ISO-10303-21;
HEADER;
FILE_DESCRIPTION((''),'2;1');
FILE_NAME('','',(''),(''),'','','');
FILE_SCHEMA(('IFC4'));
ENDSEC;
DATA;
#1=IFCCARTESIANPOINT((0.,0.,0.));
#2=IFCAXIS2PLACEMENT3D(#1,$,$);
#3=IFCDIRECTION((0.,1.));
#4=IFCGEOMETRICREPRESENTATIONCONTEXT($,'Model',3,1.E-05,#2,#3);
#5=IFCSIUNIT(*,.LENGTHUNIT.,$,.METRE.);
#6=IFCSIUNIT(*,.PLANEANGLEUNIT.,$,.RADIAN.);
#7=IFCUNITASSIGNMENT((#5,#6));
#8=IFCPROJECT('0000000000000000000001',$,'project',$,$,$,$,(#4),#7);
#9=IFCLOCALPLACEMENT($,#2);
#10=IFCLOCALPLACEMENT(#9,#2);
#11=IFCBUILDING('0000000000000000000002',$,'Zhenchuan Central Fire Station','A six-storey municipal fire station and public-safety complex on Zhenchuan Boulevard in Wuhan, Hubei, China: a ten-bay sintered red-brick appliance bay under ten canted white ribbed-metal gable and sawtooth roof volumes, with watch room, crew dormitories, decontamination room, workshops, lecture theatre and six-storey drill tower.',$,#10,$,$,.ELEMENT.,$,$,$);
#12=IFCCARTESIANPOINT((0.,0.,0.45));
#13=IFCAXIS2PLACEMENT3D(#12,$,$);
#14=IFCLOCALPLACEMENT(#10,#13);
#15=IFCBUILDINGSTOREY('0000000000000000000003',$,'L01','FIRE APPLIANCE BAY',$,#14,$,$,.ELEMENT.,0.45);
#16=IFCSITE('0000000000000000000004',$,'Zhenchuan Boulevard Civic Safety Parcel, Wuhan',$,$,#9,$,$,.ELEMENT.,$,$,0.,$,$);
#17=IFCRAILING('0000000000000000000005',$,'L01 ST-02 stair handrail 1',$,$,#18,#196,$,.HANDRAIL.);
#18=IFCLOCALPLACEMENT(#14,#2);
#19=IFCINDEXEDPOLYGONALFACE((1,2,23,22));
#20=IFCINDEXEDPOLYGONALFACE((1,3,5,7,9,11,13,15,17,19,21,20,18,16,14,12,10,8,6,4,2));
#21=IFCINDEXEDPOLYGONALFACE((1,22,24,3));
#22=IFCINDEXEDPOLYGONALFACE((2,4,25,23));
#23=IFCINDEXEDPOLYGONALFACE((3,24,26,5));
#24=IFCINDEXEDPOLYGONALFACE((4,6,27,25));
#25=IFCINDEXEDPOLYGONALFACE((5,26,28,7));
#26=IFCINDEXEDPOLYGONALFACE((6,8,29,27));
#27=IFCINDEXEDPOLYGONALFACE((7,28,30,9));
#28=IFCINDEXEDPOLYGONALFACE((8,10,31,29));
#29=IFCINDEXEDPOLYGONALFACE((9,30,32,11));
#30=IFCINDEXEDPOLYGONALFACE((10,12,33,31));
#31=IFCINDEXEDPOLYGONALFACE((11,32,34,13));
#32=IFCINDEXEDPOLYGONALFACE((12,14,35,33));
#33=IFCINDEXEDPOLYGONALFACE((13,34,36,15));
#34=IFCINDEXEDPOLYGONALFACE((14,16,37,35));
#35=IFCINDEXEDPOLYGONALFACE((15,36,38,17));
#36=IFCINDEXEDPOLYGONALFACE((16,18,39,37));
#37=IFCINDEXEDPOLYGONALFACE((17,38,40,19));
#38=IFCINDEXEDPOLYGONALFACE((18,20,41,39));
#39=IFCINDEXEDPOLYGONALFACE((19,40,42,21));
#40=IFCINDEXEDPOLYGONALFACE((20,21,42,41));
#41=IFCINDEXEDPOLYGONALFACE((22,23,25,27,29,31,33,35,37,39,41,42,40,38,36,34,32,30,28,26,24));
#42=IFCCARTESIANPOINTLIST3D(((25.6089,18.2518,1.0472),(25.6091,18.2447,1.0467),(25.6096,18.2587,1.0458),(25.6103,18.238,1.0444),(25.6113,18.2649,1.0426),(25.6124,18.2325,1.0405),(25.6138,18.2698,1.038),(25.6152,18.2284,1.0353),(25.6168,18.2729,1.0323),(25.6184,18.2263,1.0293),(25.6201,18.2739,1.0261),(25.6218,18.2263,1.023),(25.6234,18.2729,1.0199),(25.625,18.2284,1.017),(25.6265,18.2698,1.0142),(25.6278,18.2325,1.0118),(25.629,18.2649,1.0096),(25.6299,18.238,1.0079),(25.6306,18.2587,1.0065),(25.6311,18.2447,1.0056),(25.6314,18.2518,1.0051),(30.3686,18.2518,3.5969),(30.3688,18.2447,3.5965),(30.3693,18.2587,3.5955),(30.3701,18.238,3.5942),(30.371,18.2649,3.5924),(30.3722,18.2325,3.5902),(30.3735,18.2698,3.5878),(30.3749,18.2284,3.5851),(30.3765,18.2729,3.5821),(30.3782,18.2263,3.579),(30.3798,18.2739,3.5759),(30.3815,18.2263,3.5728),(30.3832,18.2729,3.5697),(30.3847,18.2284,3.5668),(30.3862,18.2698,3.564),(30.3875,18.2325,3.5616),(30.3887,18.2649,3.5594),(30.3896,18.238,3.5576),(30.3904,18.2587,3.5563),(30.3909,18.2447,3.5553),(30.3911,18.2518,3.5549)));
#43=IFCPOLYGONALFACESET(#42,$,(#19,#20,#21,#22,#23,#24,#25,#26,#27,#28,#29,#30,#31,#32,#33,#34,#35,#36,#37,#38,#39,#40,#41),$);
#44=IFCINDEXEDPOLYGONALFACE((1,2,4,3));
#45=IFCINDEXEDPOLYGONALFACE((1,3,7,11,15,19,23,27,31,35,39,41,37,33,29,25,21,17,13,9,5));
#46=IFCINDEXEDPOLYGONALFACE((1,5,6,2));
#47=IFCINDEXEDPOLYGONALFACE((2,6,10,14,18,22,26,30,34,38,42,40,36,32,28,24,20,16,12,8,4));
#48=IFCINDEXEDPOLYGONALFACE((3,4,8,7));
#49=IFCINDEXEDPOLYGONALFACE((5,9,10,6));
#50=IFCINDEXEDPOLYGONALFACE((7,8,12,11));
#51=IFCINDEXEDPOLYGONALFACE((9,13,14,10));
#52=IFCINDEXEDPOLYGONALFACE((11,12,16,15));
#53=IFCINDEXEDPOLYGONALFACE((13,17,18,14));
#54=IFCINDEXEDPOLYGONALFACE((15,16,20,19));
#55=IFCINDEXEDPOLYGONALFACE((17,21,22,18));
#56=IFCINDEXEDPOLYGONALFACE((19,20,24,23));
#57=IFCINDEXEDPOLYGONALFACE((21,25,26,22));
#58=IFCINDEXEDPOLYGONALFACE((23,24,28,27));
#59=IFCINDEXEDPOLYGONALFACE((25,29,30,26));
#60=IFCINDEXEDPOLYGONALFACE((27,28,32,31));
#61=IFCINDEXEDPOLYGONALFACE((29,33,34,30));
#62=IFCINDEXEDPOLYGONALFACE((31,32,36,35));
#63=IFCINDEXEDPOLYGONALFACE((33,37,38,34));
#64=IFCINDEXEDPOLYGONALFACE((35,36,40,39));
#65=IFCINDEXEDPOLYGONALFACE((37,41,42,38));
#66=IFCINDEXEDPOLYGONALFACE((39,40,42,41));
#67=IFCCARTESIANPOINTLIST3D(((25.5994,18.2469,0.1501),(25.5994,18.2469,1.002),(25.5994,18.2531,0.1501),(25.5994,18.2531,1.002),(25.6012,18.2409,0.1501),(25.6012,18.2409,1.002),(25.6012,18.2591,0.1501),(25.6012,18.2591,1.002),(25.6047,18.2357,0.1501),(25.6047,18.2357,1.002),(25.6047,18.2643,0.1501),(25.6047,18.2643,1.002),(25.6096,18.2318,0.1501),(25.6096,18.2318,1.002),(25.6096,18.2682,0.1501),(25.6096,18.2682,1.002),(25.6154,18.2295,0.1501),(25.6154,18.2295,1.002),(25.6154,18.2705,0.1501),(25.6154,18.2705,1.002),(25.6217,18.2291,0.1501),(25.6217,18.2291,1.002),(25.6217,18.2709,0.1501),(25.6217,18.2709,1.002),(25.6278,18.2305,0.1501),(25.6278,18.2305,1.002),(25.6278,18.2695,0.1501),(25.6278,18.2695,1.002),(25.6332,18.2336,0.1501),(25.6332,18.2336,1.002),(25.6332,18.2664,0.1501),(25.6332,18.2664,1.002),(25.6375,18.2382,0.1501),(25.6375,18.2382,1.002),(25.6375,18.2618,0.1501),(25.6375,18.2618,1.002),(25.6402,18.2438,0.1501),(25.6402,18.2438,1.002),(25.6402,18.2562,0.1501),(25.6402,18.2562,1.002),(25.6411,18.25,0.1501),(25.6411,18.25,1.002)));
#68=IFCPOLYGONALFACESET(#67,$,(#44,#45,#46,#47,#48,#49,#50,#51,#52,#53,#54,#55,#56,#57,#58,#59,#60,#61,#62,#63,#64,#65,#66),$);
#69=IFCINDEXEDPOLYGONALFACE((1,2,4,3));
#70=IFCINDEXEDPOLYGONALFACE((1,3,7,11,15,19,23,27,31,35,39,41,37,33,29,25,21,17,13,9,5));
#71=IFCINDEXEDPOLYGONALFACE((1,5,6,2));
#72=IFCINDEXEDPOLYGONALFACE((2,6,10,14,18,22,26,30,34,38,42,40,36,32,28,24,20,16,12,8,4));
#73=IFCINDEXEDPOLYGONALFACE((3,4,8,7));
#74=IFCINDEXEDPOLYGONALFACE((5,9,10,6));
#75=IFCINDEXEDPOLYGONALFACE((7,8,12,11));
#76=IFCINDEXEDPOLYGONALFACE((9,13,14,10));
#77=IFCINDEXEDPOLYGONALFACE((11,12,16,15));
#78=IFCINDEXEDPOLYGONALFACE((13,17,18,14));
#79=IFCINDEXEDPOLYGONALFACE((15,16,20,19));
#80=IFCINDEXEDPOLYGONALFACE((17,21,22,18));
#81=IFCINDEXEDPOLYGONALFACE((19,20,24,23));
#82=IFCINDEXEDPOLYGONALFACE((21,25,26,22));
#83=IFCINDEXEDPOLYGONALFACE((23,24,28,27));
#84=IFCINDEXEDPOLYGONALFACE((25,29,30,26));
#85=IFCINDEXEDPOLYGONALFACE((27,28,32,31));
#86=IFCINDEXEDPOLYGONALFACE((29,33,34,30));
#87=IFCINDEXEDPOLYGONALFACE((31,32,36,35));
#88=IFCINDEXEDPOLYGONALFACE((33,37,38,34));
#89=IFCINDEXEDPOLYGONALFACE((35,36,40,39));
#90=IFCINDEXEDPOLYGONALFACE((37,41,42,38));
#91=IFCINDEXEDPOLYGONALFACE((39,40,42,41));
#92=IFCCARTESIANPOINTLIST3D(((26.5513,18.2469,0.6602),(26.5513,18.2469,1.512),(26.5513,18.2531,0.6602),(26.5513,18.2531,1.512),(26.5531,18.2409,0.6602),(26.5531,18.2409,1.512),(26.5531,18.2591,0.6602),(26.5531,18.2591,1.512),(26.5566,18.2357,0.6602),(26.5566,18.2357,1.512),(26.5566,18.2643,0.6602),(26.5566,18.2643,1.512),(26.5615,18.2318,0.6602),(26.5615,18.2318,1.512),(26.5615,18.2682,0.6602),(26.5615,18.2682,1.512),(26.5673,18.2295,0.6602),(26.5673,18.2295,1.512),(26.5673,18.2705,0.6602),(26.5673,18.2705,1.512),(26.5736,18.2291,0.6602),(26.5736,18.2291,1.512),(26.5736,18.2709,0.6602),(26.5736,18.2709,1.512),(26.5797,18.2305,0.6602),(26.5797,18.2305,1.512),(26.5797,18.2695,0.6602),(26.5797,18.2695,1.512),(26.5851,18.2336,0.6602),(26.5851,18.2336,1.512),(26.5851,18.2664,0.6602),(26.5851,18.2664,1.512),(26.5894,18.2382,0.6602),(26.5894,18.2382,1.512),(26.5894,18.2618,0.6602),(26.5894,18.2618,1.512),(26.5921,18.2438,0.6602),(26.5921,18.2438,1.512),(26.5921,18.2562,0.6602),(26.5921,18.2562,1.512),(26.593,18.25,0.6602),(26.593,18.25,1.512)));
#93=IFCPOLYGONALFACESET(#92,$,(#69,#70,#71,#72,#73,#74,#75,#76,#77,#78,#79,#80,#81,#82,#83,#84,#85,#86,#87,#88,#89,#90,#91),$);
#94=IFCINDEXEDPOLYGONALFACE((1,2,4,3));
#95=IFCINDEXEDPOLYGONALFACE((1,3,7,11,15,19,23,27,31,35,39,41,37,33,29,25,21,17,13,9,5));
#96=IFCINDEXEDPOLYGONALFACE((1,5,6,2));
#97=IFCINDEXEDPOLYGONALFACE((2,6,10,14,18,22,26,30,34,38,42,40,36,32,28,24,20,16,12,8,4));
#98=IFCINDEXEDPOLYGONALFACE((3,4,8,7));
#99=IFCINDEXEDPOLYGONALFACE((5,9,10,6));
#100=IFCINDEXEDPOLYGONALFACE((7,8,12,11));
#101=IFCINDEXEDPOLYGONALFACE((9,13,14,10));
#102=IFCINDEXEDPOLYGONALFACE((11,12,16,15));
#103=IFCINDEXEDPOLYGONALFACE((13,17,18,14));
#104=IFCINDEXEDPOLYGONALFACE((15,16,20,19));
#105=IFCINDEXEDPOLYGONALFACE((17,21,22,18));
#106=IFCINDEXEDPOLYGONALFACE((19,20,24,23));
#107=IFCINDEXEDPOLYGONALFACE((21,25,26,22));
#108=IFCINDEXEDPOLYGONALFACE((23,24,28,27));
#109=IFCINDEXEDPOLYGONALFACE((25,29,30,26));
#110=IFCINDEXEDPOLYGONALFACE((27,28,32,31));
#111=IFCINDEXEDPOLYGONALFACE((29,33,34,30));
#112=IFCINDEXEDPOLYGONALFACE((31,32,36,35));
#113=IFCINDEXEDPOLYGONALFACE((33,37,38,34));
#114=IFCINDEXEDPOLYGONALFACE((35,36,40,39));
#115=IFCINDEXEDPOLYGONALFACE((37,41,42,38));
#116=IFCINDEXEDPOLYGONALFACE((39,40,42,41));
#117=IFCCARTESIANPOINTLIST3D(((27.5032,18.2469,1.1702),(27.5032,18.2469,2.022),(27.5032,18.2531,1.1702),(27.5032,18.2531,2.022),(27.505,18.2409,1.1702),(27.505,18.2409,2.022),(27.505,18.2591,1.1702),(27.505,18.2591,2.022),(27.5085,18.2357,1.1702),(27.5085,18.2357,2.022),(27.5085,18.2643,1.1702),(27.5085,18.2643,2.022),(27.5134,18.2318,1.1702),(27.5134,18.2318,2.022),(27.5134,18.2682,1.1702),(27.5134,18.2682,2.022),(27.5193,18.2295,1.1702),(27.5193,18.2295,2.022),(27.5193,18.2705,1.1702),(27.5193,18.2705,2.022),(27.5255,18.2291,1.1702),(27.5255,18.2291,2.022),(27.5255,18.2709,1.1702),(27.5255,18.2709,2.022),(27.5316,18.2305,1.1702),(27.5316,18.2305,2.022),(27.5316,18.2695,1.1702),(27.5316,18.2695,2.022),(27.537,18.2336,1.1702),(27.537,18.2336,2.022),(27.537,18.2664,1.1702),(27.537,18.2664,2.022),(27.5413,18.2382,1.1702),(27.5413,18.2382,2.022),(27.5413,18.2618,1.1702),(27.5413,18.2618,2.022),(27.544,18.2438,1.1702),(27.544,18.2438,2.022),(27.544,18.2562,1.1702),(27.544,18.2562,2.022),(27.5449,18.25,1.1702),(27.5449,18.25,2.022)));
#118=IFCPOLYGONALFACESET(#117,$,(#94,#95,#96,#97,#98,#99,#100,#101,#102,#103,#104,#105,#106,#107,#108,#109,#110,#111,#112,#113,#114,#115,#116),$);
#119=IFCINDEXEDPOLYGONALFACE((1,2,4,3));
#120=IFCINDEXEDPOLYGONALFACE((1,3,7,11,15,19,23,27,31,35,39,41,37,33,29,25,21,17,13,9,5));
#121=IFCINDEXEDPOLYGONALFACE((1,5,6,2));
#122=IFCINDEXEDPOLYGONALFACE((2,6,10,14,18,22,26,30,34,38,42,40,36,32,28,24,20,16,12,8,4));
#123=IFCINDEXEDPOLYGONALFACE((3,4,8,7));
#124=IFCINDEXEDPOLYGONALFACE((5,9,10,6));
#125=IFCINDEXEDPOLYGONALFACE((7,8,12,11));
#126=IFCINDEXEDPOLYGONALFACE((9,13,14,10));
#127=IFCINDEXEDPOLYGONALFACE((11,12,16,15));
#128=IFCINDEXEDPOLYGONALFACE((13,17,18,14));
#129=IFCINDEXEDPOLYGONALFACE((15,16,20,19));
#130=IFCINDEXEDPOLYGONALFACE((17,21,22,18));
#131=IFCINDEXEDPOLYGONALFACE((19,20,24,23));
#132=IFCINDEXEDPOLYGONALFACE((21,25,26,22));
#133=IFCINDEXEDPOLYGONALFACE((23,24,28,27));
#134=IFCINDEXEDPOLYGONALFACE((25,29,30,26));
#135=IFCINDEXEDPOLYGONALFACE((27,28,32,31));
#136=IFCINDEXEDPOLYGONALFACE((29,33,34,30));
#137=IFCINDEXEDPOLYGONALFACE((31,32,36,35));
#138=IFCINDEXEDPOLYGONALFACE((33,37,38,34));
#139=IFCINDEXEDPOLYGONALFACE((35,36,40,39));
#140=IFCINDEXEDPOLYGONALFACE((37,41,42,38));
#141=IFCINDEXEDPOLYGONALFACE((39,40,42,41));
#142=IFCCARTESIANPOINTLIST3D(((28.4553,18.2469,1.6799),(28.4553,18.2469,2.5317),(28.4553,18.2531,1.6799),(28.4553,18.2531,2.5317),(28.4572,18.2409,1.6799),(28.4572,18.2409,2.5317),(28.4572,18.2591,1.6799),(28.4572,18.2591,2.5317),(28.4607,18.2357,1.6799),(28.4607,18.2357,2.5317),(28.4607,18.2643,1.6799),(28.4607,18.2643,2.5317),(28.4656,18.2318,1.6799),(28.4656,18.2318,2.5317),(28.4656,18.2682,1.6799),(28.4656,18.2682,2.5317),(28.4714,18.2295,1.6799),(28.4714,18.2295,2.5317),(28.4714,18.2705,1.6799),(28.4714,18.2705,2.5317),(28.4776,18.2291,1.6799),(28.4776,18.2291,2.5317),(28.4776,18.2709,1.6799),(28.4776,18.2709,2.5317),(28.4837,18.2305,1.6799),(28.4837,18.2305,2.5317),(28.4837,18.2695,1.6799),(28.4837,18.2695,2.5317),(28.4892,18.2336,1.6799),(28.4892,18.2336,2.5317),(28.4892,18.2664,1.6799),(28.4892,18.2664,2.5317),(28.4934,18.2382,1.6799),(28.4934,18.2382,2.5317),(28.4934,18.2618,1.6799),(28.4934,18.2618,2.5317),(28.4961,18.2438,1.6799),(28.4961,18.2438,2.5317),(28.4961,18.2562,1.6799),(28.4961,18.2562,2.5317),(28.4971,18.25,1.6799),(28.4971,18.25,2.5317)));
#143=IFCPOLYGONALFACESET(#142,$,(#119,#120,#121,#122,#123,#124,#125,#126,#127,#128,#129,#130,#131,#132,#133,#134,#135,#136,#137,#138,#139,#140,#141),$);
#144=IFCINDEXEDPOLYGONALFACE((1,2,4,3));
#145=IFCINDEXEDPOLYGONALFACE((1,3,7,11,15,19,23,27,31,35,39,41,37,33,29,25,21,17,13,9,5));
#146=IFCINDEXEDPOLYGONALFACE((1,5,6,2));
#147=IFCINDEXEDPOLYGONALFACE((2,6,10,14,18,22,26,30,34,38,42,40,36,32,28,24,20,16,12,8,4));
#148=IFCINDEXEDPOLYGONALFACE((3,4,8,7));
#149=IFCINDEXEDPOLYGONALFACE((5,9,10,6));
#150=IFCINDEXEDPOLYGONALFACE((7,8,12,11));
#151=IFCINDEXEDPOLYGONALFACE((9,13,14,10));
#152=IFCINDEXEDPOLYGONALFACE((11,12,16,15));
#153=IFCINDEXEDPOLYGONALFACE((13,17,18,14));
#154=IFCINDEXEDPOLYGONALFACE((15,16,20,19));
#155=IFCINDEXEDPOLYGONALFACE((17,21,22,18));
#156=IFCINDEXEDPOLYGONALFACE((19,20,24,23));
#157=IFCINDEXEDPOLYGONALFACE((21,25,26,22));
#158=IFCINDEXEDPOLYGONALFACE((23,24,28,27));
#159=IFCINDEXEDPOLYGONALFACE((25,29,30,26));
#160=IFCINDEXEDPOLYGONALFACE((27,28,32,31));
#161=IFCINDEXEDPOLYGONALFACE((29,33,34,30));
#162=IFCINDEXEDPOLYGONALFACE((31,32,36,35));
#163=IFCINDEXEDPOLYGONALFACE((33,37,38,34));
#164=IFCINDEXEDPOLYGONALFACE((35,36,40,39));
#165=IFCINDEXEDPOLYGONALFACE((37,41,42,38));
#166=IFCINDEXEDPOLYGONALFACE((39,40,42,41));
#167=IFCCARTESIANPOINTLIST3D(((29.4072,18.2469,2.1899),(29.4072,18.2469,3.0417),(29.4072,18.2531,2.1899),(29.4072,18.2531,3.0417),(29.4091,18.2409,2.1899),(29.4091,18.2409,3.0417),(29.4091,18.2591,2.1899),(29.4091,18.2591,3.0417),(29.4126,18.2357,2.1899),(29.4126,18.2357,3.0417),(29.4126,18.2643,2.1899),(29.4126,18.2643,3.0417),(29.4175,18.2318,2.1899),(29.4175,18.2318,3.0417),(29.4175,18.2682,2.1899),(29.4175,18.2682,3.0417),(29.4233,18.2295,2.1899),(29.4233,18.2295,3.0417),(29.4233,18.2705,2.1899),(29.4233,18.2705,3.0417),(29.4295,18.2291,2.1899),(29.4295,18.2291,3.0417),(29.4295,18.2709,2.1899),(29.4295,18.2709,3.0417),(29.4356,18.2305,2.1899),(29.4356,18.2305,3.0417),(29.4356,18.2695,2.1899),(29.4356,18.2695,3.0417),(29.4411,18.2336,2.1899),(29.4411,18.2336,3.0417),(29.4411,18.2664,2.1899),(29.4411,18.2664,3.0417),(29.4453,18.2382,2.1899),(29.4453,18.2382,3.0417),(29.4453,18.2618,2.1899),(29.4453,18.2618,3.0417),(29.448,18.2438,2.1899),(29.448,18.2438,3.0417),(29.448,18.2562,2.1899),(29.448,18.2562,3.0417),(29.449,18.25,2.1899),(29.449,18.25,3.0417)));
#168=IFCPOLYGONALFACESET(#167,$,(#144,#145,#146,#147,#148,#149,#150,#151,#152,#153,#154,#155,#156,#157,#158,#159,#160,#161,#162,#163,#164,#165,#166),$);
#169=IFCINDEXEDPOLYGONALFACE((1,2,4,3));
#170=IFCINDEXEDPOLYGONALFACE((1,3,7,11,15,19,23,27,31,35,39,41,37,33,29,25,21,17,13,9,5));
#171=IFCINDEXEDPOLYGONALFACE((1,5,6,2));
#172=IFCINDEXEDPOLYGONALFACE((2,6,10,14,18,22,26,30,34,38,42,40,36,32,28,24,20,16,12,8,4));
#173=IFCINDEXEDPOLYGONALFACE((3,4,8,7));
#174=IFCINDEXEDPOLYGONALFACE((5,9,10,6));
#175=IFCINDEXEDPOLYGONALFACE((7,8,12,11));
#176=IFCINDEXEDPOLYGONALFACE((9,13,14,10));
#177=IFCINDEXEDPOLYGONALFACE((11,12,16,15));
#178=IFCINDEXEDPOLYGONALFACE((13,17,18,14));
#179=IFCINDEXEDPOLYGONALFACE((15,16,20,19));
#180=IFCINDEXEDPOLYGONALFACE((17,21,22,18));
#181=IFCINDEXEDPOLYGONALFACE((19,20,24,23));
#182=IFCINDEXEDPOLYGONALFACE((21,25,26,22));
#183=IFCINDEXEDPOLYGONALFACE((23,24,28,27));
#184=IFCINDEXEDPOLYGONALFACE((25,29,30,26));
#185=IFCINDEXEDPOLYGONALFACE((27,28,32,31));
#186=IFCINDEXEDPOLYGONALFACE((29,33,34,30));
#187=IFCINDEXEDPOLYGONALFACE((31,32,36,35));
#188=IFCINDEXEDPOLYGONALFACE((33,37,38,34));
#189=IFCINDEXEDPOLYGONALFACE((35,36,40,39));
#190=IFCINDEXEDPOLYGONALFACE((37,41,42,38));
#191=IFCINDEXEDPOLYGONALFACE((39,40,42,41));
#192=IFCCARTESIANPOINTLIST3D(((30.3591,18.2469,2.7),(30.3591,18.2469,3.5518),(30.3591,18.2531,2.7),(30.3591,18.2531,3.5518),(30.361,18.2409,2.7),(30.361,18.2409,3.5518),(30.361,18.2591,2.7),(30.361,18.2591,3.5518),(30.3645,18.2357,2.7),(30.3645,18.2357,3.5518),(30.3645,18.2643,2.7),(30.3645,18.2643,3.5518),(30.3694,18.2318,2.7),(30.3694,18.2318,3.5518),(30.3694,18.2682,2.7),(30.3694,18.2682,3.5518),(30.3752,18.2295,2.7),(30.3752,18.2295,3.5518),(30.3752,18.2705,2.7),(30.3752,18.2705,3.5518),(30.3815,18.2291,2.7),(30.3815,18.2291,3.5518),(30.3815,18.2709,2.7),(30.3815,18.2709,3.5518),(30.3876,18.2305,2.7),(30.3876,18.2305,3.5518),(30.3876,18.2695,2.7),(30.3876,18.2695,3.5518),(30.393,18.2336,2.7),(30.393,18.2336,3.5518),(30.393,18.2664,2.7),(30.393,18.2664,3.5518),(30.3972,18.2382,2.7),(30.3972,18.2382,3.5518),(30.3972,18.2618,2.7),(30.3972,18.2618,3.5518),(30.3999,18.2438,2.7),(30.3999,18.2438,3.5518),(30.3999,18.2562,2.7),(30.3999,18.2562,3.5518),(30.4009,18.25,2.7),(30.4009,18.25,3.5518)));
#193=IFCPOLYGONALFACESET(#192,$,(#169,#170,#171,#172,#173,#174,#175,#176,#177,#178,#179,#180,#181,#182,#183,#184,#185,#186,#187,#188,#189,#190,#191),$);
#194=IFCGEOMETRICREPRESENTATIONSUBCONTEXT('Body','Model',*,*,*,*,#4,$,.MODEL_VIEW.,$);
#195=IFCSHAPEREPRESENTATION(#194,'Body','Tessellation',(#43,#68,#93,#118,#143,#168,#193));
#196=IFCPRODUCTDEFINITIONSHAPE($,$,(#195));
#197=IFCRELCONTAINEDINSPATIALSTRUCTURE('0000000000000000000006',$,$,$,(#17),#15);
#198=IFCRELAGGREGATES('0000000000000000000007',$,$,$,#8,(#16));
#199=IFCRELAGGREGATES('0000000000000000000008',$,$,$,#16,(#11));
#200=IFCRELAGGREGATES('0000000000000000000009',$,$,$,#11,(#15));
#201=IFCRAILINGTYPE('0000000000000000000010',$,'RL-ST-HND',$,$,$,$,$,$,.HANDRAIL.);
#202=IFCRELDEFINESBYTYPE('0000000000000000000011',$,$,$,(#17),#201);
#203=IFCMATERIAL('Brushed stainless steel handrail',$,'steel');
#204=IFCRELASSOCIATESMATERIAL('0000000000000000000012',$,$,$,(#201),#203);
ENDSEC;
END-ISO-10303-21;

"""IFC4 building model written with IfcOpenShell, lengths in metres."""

from ifc_helpers import new_model, si_unit, direction, frame, origin, origin_2d, place, context, subcontext, project, spatial, circle, extrude, material, type_object, element, save


model = new_model("IFC4")

# Units and contexts
model_context = context("Model", 3, precision=1e-05, world=origin(), true_north=direction((0.0, 1.0)))
body_context = subcontext(model_context, "Body", "Model", "MODEL_VIEW")
ifc_project = project(units=[si_unit("LENGTHUNIT", "METRE"), si_unit("PLANEANGLEUNIT", "RADIAN")], contexts=[model_context])

# Site, building, storey
site_placement = place(None, origin())
site = spatial("IfcSite", under=ifc_project, at=site_placement, Name="Zhenchuan Boulevard Civic Safety Parcel, Wuhan", CompositionType="ELEMENT", RefElevation=0.0)
building_placement = place(site_placement, origin())
building = spatial("IfcBuilding", under=site, at=building_placement, Name="Zhenchuan Central Fire Station", Description="A six-storey municipal fire station and public-safety complex on Zhenchuan Boulevard in Wuhan, Hubei, China: a ten-bay sintered red-brick appliance bay under ten canted white ribbed-metal gable and sawtooth roof volumes, with watch room, crew dormitories, decontamination room, workshops, lecture theatre and six-storey drill tower.", CompositionType="ELEMENT")
storey_placement = place(building_placement, frame((0.0, 0.0, 0.45)))
storey = spatial("IfcBuildingStorey", under=building, at=storey_placement, Name="L01", Description="FIRE APPLIANCE BAY", CompositionType="ELEMENT", Elevation=0.45)

# Railing
ifc_material_1 = material(Name="Brushed stainless steel handrail", Category="steel")
railing_type_1 = type_object("IfcRailingType", Name="RL-ST-HND", PredefinedType="HANDRAIL", material=ifc_material_1)
railing_1_placement = place(storey_placement, frame((25.6201, 18.25, 0.1501)))
element("IfcRailing", 1, at=railing_1_placement, inside=storey, type_object=railing_type_1, Name="L01 ST-02 stair handrail 1", PredefinedType="HANDRAIL", context=body_context, shape_type="SweptSolid", body=[
    extrude(circle(Radius=0.0239, at=origin_2d()), frame((0.0, 0.0, 0.876), z_axis=(0.881485, 0.0, 0.472211), x_axis=(0.0, 1.0, 0.0)), (0.0, 0.0, 1.0), 5.3997),
    extrude(circle(Radius=0.021, at=origin_2d()), origin(), (0.0, 0.0, 1.0), 0.8518),
    extrude(circle(Radius=0.021, at=origin_2d()), frame((0.9519, 0.0, 0.51)), (0.0, 0.0, 1.0), 0.8518),
    extrude(circle(Radius=0.021, at=origin_2d()), frame((1.9038, 0.0, 1.02)), (0.0, 0.0, 1.0), 0.8518),
    extrude(circle(Radius=0.021, at=origin_2d()), frame((2.856, 0.0, 1.5298)), (0.0, 0.0, 1.0), 0.8518),
    extrude(circle(Radius=0.021, at=origin_2d()), frame((3.8079, 0.0, 2.0398)), (0.0, 0.0, 1.0), 0.8518),
    extrude(circle(Radius=0.021, at=origin_2d()), frame((4.7598, 0.0, 2.5498)), (0.0, 0.0, 1.0), 0.8518),
])

save(model, "model.ifc")
